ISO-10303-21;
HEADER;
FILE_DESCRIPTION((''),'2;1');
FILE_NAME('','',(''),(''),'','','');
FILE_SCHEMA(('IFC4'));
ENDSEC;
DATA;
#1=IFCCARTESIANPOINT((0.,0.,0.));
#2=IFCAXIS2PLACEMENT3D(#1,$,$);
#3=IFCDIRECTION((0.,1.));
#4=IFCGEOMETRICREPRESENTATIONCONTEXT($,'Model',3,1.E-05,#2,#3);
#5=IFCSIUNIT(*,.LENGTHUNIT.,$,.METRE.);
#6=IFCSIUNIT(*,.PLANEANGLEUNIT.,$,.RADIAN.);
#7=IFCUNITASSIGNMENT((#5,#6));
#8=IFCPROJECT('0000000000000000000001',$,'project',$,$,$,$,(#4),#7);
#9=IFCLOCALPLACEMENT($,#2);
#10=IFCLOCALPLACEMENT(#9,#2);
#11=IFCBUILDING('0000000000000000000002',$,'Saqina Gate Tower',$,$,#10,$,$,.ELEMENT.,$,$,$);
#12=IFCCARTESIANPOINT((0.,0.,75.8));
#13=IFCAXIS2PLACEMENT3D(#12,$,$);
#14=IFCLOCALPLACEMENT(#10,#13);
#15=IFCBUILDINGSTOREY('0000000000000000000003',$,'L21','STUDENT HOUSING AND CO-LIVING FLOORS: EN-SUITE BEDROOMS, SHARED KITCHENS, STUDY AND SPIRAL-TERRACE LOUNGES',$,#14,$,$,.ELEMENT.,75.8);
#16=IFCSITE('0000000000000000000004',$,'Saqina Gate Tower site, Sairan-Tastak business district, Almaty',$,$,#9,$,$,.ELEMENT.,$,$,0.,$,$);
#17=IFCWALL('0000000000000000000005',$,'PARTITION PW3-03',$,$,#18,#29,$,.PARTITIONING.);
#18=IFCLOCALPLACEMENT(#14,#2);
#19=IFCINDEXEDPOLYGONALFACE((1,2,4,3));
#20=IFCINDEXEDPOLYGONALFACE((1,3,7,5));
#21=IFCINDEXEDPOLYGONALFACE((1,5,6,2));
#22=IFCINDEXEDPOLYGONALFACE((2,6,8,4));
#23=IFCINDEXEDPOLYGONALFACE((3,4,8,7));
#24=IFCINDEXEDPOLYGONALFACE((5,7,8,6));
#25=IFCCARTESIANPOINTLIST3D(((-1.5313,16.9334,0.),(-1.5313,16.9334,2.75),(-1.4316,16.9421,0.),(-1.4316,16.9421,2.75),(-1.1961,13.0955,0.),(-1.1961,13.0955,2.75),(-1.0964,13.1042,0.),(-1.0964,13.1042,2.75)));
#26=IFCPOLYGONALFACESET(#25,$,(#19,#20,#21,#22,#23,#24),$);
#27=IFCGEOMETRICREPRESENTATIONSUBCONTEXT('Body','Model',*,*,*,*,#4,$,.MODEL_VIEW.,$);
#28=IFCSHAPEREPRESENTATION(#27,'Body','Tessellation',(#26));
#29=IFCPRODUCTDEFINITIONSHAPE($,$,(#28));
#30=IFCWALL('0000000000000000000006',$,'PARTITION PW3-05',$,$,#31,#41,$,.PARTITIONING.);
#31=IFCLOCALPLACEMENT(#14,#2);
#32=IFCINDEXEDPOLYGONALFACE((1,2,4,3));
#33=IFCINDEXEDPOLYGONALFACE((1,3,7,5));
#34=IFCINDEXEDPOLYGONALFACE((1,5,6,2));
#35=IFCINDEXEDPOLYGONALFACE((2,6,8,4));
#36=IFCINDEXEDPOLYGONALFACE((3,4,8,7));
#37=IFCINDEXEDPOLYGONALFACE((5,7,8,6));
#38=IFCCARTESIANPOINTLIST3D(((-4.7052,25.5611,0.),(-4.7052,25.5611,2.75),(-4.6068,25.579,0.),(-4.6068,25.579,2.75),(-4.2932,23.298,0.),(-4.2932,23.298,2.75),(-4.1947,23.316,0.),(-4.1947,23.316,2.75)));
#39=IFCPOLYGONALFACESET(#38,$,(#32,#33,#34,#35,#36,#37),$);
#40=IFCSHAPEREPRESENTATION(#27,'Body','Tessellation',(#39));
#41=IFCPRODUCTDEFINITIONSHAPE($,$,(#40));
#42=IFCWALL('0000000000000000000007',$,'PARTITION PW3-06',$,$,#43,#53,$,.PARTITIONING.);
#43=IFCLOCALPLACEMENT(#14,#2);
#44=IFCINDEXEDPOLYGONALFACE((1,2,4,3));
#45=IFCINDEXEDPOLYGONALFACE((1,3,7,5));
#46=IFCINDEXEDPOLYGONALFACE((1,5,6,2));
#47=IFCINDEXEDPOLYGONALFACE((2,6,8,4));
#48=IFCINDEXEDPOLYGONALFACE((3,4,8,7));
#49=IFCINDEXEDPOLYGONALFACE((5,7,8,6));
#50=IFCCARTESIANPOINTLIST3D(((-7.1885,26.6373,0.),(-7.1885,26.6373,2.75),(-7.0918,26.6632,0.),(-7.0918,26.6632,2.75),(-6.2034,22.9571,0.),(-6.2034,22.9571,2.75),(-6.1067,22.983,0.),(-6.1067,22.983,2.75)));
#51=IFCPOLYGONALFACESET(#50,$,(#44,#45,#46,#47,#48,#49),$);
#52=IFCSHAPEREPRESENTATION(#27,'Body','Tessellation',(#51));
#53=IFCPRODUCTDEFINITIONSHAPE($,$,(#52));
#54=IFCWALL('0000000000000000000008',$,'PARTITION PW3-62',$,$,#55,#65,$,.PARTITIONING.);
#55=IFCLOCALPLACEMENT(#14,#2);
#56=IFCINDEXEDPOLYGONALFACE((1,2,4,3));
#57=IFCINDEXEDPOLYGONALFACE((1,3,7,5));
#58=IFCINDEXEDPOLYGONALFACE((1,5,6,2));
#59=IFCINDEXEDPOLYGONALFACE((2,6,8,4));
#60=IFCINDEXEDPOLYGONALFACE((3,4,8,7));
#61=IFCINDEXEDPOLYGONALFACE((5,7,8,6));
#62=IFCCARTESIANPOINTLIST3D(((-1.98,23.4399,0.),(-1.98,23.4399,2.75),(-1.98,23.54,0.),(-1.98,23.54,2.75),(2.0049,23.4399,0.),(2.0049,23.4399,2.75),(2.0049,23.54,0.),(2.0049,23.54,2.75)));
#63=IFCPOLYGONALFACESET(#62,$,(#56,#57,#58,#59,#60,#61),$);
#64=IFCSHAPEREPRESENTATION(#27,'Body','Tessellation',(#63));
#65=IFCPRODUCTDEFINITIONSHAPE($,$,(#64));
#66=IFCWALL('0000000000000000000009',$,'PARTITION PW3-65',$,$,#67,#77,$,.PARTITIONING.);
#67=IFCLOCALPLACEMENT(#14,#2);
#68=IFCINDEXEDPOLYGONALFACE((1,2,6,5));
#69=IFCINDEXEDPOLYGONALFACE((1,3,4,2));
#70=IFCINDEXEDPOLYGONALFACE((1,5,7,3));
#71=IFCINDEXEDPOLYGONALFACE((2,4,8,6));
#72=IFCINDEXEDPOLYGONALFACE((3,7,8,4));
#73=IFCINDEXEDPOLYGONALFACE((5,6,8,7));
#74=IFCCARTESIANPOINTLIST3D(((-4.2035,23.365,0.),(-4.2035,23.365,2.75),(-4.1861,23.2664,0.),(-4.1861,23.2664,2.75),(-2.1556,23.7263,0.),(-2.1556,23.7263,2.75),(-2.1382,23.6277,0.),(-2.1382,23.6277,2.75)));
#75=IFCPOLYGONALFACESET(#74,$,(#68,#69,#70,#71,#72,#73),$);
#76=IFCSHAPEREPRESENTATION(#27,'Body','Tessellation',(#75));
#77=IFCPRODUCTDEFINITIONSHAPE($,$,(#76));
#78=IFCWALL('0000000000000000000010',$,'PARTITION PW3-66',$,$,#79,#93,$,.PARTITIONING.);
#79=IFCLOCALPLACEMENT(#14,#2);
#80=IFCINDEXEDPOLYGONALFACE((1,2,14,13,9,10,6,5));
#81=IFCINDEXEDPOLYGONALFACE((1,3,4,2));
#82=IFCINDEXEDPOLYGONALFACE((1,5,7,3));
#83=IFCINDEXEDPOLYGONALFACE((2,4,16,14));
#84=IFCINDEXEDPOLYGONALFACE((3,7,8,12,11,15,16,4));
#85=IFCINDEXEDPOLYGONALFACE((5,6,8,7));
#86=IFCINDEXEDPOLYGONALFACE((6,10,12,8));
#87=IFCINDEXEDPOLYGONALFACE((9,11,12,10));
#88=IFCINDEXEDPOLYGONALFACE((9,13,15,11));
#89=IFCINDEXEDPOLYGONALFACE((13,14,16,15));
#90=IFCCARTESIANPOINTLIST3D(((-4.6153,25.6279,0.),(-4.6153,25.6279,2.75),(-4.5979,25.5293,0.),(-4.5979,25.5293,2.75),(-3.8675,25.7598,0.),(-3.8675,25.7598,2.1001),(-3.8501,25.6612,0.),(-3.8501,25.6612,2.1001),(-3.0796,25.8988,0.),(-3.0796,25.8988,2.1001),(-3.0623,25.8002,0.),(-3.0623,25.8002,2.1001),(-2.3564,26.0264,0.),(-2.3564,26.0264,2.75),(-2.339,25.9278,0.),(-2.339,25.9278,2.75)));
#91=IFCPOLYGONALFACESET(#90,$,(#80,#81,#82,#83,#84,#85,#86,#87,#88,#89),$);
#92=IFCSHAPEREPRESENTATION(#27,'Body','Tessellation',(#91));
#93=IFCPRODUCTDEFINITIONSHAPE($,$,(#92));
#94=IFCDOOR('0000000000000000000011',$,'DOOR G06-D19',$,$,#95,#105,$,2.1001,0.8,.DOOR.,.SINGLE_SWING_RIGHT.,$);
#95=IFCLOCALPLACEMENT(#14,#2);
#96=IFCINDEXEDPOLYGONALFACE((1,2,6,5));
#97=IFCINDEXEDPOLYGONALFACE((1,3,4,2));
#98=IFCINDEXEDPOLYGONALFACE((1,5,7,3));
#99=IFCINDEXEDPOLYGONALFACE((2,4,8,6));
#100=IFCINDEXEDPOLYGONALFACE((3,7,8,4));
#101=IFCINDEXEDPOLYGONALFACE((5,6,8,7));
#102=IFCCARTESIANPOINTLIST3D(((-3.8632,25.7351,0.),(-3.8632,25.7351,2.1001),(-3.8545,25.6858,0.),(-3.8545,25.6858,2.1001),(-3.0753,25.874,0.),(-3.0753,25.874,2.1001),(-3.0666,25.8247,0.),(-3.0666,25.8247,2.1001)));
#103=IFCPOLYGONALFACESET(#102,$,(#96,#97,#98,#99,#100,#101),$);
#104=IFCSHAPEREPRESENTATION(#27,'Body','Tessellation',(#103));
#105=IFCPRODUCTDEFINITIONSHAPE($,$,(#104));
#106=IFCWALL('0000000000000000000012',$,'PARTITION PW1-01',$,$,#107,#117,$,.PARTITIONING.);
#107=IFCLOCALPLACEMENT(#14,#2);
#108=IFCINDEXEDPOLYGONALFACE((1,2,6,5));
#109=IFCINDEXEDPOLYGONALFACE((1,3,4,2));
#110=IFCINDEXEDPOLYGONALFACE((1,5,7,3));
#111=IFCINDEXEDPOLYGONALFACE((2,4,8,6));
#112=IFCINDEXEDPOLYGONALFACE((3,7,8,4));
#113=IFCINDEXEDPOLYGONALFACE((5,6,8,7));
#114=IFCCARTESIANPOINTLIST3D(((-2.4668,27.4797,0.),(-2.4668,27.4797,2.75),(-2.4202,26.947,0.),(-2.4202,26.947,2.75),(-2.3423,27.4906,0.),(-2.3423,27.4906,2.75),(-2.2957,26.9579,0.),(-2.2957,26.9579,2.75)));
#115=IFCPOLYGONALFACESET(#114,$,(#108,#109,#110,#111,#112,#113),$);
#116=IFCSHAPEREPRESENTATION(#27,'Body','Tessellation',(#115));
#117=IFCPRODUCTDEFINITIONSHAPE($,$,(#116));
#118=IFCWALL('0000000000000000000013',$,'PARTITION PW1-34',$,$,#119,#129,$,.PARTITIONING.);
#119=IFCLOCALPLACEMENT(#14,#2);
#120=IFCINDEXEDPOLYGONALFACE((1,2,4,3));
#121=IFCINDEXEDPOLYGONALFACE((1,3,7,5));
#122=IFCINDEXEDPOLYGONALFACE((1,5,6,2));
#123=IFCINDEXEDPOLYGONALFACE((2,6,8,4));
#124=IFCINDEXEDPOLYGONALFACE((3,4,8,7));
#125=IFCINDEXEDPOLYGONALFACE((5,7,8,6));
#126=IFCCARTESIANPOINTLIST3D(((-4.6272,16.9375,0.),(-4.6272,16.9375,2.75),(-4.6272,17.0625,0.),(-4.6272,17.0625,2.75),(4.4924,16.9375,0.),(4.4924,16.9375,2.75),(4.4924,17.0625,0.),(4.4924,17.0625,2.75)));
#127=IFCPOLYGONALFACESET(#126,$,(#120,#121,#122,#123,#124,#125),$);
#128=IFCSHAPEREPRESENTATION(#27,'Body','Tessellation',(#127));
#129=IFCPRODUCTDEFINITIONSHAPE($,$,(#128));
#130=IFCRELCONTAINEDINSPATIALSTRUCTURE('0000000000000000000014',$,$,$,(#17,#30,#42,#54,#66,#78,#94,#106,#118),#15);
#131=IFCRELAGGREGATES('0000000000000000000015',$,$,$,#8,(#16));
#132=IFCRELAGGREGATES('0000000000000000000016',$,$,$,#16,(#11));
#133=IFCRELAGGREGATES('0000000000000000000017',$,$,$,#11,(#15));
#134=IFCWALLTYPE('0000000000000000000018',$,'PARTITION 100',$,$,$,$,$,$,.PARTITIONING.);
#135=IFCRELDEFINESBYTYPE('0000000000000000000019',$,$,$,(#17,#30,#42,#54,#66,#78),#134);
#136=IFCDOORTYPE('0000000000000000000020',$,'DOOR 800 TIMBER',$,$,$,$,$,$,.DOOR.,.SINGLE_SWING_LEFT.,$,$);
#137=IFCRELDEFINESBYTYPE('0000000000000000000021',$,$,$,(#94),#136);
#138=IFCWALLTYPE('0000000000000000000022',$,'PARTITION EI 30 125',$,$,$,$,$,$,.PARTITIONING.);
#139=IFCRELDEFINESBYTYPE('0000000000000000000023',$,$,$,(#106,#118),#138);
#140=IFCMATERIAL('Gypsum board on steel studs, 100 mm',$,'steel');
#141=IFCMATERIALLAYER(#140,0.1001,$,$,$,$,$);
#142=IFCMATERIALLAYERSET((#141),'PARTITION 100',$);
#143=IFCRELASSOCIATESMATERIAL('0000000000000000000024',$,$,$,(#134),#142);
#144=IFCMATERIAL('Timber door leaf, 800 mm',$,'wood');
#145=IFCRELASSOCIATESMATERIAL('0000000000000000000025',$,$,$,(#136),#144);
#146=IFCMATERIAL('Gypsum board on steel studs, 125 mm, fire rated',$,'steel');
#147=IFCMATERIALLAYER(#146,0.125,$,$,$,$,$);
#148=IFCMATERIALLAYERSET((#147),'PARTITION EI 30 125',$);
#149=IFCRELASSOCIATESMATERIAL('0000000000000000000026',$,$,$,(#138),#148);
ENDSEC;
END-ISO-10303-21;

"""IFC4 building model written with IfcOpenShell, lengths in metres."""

from ifc_helpers import new_model, si_unit, direction, frame, frame_2d, origin, place, context, subcontext, project, spatial, rectangle, extrude, material, layer, layer_set, type_object, element, fill, save


model = new_model("IFC4")

# Units and contexts
model_context = context("Model", 3, precision=1e-05, world=origin(), true_north=direction((0.0, 1.0)))
body_context = subcontext(model_context, "Body", "Model", "MODEL_VIEW")
ifc_project = project(units=[si_unit("LENGTHUNIT", "METRE"), si_unit("PLANEANGLEUNIT", "RADIAN")], contexts=[model_context])

# Site, building, storey
site_placement = place(None, origin())
site = spatial("IfcSite", under=ifc_project, at=site_placement, Name="Saqina Gate Tower site, Sairan-Tastak business district, Almaty", CompositionType="ELEMENT", RefElevation=0.0)
building_placement = place(site_placement, origin())
building = spatial("IfcBuilding", under=site, at=building_placement, Name="Saqina Gate Tower", CompositionType="ELEMENT")
storey_placement = place(building_placement, frame((0.0, 0.0, 75.8)))
storey = spatial("IfcBuildingStorey", under=building, at=storey_placement, Name="L21", Description="STUDENT HOUSING AND CO-LIVING FLOORS: EN-SUITE BEDROOMS, SHARED KITCHENS, STUDY AND SPIRAL-TERRACE LOUNGES", CompositionType="ELEMENT", Elevation=75.8)

# Walls
ifc_material_1 = material(Name="Gypsum board on steel studs, 100 mm", Category="steel")
ifc_layer_1 = layer(ifc_material_1, 0.1001)
ifc_layer_set_1 = layer_set([ifc_layer_1], Name="PARTITION 100")
wall_type_1 = type_object("IfcWallType", Name="PARTITION 100", PredefinedType="PARTITIONING", material=ifc_layer_set_1)
wall_1_placement = place(storey_placement, frame((-1.4814, 16.9377, 0.0), z_axis=(0.0, 0.0, 1.0), x_axis=(0.08701, -0.996207, 0.0)))
element("IfcWall", 1, at=wall_1_placement, inside=storey, type_object=wall_type_1, Name="PARTITION PW3-03", PredefinedType="PARTITIONING", context=body_context, shape_type="SweptSolid", body=[
    extrude(rectangle(XDim=3.8525, YDim=0.1001, at=frame_2d((1.9263, 0.0))), origin(), (0.0, 0.0, 1.0), 2.75),
])
wall_2_placement = place(storey_placement, frame((-4.656, 25.5701, 0.0), z_axis=(0.0, 0.0, 1.0), x_axis=(0.179147, -0.983822, 0.0)))
element("IfcWall", 2, at=wall_2_placement, inside=storey, type_object=wall_type_1, Name="PARTITION PW3-05", PredefinedType="PARTITIONING", context=body_context, shape_type="SweptSolid", body=[
    extrude(rectangle(XDim=2.3003, YDim=0.1001, at=frame_2d((1.1501, 0.0))), origin(), (0.0, 0.0, 1.0), 2.75),
])
wall_3_placement = place(storey_placement, frame((-7.1401, 26.6501, 0.0), z_axis=(0.0, 0.0, 1.0), x_axis=(0.258576, -0.965991, 0.0)))
element("IfcWall", 3, at=wall_3_placement, inside=storey, type_object=wall_type_1, Name="PARTITION PW3-06", PredefinedType="PARTITIONING", context=body_context, shape_type="SweptSolid", body=[
    extrude(rectangle(XDim=3.8098, YDim=0.1001, at=frame_2d((1.9048, 0.0))), origin(), (0.0, 0.0, 1.0), 2.75),
])
wall_4_placement = place(storey_placement, frame((-1.98, 23.49, 0.0), z_axis=(0.0, 0.0, 1.0), x_axis=(1.0, 0.0, 0.0)))
element("IfcWall", 4, at=wall_4_placement, inside=storey, type_object=wall_type_1, Name="PARTITION PW3-62", PredefinedType="PARTITIONING", context=body_context, shape_type="SweptSolid", body=[
    extrude(rectangle(XDim=3.9849, YDim=0.1001, at=frame_2d((1.9924, 0.0))), origin(), (0.0, 0.0, 1.0), 2.75),
])
wall_5_placement = place(storey_placement, frame((-4.1948, 23.3157, 0.0), z_axis=(0.0, 0.0, 1.0), x_axis=(0.984788, 0.173759, 0.0)))
element("IfcWall", 5, at=wall_5_placement, inside=storey, type_object=wall_type_1, Name="PARTITION PW3-65", PredefinedType="PARTITIONING", context=body_context, shape_type="SweptSolid", body=[
    extrude(rectangle(XDim=2.0796, YDim=0.1001, at=frame_2d((1.0398, 0.0))), origin(), (0.0, 0.0, 1.0), 2.75),
])

# Wall, opening, door
wall_6_placement = place(storey_placement, frame((-4.6067, 25.5786, 0.0), z_axis=(0.0, 0.0, 1.0), x_axis=(0.984796, 0.173712, 0.0)))
wall_6 = element("IfcWall", 6, at=wall_6_placement, inside=storey, type_object=wall_type_1, Name="PARTITION PW3-66", PredefinedType="PARTITIONING", context=body_context, shape_type="SweptSolid", body=[
    extrude(rectangle(XDim=2.2937, YDim=0.1001, at=frame_2d((1.147, 0.0))), origin(), (0.0, 0.0, 1.0), 2.75),
])
opening_1_placement = place(wall_6_placement, frame((0.7595, 0.0, 0.0)))
opening_1 = element("IfcOpeningElement", 7, at=opening_1_placement, cuts=wall_6, PredefinedType="OPENING", context=body_context, shape_type="SweptSolid", body=[
    extrude(rectangle(XDim=0.8, YDim=2.1001, at=frame_2d((0.3999, 1.05))), frame((0.0, 0.062, 0.0), z_axis=(0.0, -1.0, 0.0), x_axis=(1.0, 0.0, 0.0)), (0.0, 0.0, 1.0), 0.124),
])
ifc_material_2 = material(Name="Timber door leaf, 800 mm", Category="wood")
door_type_1 = type_object("IfcDoorType", Name="DOOR 800 TIMBER", OperationType="SINGLE_SWING_LEFT", PredefinedType="DOOR", material=ifc_material_2)
door_1_placement = place(opening_1_placement, origin())
door_1 = element("IfcDoor", 8, at=door_1_placement, inside=storey, type_object=door_type_1, Name="DOOR G06-D19", OperationType="SINGLE_SWING_RIGHT", OverallHeight=2.1001, OverallWidth=0.8, PredefinedType="DOOR", context=body_context, shape_type="SweptSolid", body=[
    extrude(rectangle(XDim=0.8, YDim=2.1001, at=frame_2d((0.3999, 1.05))), frame((0.0, 0.0249, 0.0), z_axis=(0.0, -1.0, 0.0), x_axis=(1.0, 0.0, 0.0)), (0.0, 0.0, 1.0), 0.05),
])
fill(opening_1, door_1)

# Walls
ifc_material_3 = material(Name="Gypsum board on steel studs, 125 mm, fire rated", Category="steel")
ifc_layer_2 = layer(ifc_material_3, 0.125)
ifc_layer_set_2 = layer_set([ifc_layer_2], Name="PARTITION EI 30 125")
wall_type_2 = type_object("IfcWallType", Name="PARTITION EI 30 125", PredefinedType="PARTITIONING", material=ifc_layer_set_2)
wall_7_placement = place(storey_placement, frame((-2.4045, 27.4851, 0.0), z_axis=(0.0, 0.0, 1.0), x_axis=(0.087201, -0.996191, 0.0)))
element("IfcWall", 9, at=wall_7_placement, inside=storey, type_object=wall_type_2, Name="PARTITION PW1-01", PredefinedType="PARTITIONING", context=body_context, shape_type="SweptSolid", body=[
    extrude(rectangle(XDim=0.5347, YDim=0.125, at=frame_2d((0.2673, 0.0))), origin(), (0.0, 0.0, 1.0), 2.75),
])
wall_8_placement = place(storey_placement, frame((-4.6272, 17.0, 0.0), z_axis=(0.0, 0.0, 1.0), x_axis=(1.0, 0.0, 0.0)))
element("IfcWall", 10, at=wall_8_placement, inside=storey, type_object=wall_type_2, Name="PARTITION PW1-34", PredefinedType="PARTITIONING", context=body_context, shape_type="SweptSolid", body=[
    extrude(rectangle(XDim=9.1196, YDim=0.125, at=frame_2d((4.5598, 0.0))), origin(), (0.0, 0.0, 1.0), 2.75),
])

save(model, "model.ifc")
